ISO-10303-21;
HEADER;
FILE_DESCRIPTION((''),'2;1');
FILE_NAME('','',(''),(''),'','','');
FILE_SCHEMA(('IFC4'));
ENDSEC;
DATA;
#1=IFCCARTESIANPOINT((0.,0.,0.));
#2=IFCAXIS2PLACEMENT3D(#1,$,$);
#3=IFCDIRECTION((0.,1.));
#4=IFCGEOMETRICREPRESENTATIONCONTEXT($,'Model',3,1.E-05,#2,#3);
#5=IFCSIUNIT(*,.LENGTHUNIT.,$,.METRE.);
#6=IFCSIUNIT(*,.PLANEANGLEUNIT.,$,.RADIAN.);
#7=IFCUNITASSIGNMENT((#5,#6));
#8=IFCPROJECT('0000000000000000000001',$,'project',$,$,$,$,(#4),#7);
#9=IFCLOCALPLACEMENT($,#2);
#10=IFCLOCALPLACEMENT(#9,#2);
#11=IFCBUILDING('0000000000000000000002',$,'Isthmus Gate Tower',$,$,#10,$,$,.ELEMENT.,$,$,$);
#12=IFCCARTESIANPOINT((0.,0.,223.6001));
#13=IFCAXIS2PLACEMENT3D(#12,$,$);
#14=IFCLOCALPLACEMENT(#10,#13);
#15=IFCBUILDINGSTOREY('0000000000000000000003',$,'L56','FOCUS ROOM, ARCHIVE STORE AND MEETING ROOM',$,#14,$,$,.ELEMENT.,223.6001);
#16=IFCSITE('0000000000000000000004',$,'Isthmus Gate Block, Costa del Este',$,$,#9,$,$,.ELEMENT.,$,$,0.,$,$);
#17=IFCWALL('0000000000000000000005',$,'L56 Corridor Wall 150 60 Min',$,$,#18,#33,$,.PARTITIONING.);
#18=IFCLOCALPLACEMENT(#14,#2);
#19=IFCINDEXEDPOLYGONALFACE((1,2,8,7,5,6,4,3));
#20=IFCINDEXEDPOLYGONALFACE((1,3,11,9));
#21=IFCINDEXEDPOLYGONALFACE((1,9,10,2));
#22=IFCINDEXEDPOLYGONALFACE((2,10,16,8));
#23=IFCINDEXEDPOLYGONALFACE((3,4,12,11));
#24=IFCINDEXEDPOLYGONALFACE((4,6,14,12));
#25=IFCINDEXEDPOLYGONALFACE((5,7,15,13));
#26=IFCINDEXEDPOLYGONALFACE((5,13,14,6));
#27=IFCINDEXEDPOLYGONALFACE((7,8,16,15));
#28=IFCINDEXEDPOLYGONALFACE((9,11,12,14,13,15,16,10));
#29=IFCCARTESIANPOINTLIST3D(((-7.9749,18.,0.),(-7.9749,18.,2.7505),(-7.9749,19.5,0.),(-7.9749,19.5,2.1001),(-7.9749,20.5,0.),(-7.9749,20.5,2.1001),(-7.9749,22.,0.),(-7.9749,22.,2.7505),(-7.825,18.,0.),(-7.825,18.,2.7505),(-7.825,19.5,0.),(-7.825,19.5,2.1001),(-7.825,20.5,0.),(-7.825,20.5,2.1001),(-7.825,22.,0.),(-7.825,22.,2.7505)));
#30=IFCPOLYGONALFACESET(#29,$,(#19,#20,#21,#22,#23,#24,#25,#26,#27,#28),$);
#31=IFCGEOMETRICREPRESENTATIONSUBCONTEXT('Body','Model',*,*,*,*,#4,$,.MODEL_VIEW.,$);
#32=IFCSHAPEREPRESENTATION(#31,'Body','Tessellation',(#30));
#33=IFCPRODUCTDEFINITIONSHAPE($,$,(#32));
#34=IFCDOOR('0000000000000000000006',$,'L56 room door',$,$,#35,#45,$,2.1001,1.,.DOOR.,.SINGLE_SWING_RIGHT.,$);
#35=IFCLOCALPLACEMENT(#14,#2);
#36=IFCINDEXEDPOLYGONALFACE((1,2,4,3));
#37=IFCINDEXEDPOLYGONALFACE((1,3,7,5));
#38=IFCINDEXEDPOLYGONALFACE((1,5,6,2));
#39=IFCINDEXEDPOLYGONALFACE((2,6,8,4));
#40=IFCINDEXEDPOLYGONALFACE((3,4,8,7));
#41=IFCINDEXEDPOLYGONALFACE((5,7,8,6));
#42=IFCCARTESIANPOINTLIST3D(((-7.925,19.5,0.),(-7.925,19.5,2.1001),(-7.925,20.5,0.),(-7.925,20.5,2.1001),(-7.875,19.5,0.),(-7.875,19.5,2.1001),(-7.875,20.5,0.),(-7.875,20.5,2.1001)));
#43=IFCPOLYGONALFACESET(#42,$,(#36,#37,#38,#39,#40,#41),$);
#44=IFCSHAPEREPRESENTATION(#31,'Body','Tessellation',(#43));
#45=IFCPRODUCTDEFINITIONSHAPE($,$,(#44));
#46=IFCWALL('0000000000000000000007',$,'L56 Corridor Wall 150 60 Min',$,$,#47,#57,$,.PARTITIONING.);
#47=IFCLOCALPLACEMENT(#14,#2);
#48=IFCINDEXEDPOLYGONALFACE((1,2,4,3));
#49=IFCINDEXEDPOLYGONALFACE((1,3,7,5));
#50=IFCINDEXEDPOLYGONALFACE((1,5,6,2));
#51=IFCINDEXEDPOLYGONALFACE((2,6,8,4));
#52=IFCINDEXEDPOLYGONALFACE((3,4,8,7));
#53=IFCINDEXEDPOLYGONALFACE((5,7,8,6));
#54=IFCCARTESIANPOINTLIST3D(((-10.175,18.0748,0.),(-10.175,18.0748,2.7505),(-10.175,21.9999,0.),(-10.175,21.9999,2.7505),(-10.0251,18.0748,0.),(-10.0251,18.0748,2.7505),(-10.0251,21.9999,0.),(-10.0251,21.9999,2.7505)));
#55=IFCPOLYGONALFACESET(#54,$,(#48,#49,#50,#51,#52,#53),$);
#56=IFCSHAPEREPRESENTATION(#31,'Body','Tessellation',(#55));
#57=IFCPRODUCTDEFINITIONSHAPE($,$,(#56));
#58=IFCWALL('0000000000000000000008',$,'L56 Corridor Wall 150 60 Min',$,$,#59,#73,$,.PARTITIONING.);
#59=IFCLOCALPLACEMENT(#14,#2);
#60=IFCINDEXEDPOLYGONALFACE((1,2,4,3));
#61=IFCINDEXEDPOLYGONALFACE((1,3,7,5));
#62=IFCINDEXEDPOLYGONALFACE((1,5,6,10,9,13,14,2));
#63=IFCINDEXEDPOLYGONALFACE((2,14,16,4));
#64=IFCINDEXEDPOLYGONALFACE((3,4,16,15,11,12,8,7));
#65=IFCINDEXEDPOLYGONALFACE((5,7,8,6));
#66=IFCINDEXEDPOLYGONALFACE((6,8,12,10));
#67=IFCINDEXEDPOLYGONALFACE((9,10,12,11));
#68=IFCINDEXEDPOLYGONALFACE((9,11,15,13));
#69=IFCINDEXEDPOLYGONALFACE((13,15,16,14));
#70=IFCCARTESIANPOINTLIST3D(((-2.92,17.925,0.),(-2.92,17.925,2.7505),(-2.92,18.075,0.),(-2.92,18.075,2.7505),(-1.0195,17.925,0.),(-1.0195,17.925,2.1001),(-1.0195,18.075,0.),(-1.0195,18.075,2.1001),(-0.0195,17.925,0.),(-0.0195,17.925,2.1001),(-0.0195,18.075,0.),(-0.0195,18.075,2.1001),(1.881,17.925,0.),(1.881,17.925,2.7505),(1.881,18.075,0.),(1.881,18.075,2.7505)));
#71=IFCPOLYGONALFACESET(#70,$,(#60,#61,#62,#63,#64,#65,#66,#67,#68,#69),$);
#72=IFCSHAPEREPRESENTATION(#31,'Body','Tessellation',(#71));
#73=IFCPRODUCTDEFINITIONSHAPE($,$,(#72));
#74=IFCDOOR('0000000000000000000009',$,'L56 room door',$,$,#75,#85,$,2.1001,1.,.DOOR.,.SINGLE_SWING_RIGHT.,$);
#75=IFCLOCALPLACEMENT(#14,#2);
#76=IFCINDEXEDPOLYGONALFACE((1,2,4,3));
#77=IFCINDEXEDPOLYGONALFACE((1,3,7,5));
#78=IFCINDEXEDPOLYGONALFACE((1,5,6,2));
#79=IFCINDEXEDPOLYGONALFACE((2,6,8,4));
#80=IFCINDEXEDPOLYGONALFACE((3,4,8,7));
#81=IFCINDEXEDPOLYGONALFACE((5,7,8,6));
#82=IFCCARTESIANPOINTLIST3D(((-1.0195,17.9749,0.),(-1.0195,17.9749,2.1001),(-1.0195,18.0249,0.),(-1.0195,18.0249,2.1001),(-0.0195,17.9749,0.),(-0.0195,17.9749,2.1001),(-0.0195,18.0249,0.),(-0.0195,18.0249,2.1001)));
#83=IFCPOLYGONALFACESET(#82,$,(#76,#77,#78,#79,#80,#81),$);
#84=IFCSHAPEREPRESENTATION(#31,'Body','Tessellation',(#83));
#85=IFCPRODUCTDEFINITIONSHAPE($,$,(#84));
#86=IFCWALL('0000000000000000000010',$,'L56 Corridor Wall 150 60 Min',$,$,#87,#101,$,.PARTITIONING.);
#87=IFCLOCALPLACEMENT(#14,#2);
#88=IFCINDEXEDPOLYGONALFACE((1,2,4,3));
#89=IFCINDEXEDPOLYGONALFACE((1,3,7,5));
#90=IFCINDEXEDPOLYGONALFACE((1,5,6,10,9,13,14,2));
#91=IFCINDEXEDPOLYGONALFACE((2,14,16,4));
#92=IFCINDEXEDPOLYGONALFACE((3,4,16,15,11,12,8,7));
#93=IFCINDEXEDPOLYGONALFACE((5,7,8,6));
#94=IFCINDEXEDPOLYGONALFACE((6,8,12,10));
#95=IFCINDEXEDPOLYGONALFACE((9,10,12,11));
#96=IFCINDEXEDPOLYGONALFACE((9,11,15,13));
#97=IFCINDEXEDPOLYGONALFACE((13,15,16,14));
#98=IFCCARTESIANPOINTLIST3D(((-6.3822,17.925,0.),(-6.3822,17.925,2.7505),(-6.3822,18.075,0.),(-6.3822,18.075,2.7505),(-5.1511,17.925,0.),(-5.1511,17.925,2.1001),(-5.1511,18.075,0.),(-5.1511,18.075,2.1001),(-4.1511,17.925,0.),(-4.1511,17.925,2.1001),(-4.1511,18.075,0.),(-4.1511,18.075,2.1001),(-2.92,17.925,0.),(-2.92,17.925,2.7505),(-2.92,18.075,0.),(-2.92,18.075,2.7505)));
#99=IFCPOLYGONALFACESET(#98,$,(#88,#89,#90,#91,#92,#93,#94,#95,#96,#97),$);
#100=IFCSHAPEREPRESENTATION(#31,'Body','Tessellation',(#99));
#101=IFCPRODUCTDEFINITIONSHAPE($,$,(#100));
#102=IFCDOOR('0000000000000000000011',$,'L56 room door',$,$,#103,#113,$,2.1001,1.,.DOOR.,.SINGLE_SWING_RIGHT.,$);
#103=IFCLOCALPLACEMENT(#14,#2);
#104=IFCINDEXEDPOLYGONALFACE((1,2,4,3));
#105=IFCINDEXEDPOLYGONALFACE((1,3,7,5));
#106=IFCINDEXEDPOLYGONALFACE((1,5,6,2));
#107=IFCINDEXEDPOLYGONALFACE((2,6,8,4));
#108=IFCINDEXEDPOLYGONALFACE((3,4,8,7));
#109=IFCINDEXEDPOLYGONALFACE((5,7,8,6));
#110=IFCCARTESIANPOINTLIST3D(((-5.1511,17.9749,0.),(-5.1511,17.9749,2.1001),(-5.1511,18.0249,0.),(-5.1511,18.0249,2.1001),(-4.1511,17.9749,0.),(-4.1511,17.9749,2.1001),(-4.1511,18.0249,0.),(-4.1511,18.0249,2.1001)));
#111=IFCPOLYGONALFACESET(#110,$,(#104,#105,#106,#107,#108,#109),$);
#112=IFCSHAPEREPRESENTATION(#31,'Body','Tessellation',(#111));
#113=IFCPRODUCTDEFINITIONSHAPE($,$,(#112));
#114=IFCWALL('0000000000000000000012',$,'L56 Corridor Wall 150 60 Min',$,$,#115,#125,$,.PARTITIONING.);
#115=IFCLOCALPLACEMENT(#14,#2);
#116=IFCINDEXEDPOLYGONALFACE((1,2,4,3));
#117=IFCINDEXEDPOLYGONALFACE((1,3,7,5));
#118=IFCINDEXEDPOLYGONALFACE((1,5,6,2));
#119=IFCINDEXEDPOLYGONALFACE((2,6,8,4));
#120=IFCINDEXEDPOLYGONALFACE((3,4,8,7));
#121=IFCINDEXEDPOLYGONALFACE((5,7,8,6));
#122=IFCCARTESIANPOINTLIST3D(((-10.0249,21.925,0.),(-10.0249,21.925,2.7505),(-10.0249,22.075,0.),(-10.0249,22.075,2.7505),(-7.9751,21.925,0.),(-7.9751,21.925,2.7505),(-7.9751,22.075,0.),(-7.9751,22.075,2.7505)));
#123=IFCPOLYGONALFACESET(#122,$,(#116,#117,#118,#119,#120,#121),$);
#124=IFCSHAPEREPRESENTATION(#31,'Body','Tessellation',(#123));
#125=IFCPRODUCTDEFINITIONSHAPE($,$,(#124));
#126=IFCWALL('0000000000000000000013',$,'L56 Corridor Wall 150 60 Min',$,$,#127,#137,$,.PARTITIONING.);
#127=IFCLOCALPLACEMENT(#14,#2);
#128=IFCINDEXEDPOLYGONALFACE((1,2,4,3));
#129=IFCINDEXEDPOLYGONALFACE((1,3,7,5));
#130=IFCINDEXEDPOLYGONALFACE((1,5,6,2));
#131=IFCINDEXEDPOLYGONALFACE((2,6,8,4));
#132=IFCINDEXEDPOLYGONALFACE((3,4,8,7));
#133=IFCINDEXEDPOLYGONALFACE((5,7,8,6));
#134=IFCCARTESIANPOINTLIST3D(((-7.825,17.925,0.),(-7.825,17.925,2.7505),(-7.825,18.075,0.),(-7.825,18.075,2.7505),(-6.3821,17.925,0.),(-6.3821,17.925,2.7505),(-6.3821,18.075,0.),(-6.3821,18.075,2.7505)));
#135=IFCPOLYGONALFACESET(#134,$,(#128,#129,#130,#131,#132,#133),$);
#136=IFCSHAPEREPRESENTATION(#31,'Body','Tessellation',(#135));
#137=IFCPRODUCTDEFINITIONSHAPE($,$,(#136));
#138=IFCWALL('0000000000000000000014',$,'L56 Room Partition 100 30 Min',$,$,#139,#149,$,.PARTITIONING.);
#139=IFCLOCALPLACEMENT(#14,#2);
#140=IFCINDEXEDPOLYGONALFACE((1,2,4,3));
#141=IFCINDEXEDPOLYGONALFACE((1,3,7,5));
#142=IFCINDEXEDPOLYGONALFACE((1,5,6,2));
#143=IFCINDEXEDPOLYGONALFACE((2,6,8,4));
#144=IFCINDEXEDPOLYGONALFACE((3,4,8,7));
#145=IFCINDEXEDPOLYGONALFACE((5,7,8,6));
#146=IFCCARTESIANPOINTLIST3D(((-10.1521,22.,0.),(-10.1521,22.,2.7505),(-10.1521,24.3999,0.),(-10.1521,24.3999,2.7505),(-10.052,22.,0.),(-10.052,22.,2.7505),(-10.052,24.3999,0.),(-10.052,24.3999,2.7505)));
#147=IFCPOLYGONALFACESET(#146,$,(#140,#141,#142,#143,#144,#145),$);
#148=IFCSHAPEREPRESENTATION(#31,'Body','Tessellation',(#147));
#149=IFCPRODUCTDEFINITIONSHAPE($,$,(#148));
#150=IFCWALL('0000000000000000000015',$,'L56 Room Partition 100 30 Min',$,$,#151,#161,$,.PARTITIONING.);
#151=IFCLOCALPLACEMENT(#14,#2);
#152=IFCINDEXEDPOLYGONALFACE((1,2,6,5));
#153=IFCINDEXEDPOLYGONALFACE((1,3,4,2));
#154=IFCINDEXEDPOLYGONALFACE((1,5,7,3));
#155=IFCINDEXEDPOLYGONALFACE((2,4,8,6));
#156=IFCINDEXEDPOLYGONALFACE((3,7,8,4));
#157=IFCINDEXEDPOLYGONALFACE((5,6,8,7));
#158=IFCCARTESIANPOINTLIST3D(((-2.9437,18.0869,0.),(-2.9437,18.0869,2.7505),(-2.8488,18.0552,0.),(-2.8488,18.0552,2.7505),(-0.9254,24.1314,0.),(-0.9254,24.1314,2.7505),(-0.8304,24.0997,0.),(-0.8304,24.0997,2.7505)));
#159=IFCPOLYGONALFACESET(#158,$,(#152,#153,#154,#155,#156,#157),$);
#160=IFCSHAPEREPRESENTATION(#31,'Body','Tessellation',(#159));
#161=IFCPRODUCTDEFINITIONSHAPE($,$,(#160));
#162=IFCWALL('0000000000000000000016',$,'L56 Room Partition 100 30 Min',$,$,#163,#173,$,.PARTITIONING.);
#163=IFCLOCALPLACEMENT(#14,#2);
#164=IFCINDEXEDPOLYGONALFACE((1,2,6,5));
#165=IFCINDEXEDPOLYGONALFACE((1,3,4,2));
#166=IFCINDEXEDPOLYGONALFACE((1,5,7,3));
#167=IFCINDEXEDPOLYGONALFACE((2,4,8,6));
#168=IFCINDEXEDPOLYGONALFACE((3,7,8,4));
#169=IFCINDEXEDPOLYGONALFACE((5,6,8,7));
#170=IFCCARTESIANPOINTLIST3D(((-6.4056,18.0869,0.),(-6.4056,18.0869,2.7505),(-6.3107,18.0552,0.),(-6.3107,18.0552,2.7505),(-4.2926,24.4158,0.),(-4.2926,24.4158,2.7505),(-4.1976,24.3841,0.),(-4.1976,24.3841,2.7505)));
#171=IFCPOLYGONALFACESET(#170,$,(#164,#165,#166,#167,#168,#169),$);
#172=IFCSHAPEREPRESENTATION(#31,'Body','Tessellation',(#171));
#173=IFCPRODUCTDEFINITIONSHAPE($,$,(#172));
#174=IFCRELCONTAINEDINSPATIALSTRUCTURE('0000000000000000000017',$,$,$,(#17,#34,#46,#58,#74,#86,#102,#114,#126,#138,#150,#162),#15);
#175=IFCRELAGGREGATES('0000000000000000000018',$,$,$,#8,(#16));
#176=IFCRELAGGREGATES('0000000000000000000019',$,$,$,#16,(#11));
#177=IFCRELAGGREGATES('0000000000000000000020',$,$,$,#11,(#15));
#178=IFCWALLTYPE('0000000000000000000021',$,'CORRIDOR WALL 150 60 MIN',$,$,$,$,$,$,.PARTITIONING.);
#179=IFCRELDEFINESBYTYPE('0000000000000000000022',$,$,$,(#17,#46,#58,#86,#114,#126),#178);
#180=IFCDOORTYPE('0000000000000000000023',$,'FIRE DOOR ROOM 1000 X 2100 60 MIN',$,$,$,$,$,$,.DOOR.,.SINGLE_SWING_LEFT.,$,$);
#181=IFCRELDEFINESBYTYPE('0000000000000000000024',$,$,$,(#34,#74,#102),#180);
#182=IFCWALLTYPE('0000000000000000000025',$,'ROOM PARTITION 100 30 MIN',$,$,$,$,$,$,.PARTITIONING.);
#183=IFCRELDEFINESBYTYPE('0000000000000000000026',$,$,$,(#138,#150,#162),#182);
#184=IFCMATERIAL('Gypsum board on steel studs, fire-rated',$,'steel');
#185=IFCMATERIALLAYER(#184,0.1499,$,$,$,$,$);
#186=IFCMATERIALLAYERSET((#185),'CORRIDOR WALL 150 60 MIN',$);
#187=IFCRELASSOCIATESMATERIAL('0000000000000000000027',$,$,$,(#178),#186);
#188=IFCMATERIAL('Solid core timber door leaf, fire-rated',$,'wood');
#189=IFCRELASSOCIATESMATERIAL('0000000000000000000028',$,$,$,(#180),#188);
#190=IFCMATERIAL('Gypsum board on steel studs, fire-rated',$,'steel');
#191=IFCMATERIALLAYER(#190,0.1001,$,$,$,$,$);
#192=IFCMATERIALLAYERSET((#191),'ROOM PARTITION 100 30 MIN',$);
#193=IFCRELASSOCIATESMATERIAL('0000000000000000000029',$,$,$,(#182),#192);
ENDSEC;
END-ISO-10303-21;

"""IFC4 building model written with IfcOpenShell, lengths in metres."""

from ifc_helpers import new_model, si_unit, direction, frame, frame_2d, origin, place, context, subcontext, project, spatial, rectangle, extrude, material, layer, layer_set, type_object, element, fill, save


model = new_model("IFC4")

# Units and contexts
model_context = context("Model", 3, precision=1e-05, world=origin(), true_north=direction((0.0, 1.0)))
body_context = subcontext(model_context, "Body", "Model", "MODEL_VIEW")
ifc_project = project(units=[si_unit("LENGTHUNIT", "METRE"), si_unit("PLANEANGLEUNIT", "RADIAN")], contexts=[model_context])

# Site, building, storey
site_placement = place(None, origin())
site = spatial("IfcSite", under=ifc_project, at=site_placement, Name="Isthmus Gate Block, Costa del Este", CompositionType="ELEMENT", RefElevation=0.0)
building_placement = place(site_placement, origin())
building = spatial("IfcBuilding", under=site, at=building_placement, Name="Isthmus Gate Tower", CompositionType="ELEMENT")
storey_placement = place(building_placement, frame((0.0, 0.0, 223.6001)))
storey = spatial("IfcBuildingStorey", under=building, at=storey_placement, Name="L56", Description="FOCUS ROOM, ARCHIVE STORE AND MEETING ROOM", CompositionType="ELEMENT", Elevation=223.6001)

# Wall, opening, door
ifc_material_1 = material(Name="Gypsum board on steel studs, fire-rated", Category="steel")
ifc_layer_1 = layer(ifc_material_1, 0.1499)
ifc_layer_set_1 = layer_set([ifc_layer_1], Name="CORRIDOR WALL 150 60 MIN")
wall_type_1 = type_object("IfcWallType", Name="CORRIDOR WALL 150 60 MIN", PredefinedType="PARTITIONING", material=ifc_layer_set_1)
wall_1_placement = place(storey_placement, frame((-7.8999, 22.0, 0.0), z_axis=(0.0, 0.0, 1.0), x_axis=(0.0, -1.0, 0.0)))
wall_1 = element("IfcWall", 1, at=wall_1_placement, inside=storey, type_object=wall_type_1, Name="L56 Corridor Wall 150 60 Min", PredefinedType="PARTITIONING", context=body_context, shape_type="SweptSolid", body=[
    extrude(rectangle(XDim=4.0, YDim=0.1499, at=frame_2d((2.0, 0.0))), origin(), (0.0, 0.0, 1.0), 2.7505),
])
opening_1_placement = place(wall_1_placement, frame((1.5, 0.0, 0.0)))
opening_1 = element("IfcOpeningElement", 2, at=opening_1_placement, cuts=wall_1, PredefinedType="OPENING", context=body_context, shape_type="SweptSolid", body=[
    extrude(rectangle(XDim=1.0, YDim=2.1001, at=frame_2d((0.5, 1.05))), frame((0.0, 0.085, 0.0), z_axis=(0.0, -1.0, 0.0), x_axis=(1.0, 0.0, 0.0)), (0.0, 0.0, 1.0), 0.1699),
])
ifc_material_2 = material(Name="Solid core timber door leaf, fire-rated", Category="wood")
door_type = type_object("IfcDoorType", Name="FIRE DOOR ROOM 1000 X 2100 60 MIN", OperationType="SINGLE_SWING_LEFT", PredefinedType="DOOR", material=ifc_material_2)
door_1_placement = place(opening_1_placement, origin())
door_1 = element("IfcDoor", 3, at=door_1_placement, inside=storey, type_object=door_type, Name="L56 room door", OperationType="SINGLE_SWING_RIGHT", OverallHeight=2.1001, OverallWidth=1.0, PredefinedType="DOOR", context=body_context, shape_type="SweptSolid", body=[
    extrude(rectangle(XDim=1.0, YDim=2.1001, at=frame_2d((0.5, 1.05))), frame((0.0, 0.0249, 0.0), z_axis=(0.0, -1.0, 0.0), x_axis=(1.0, 0.0, 0.0)), (0.0, 0.0, 1.0), 0.05),
])
fill(opening_1, door_1)

# Wall
wall_2_placement = place(storey_placement, frame((-10.1001, 18.075, 0.0), z_axis=(0.0, 0.0, 1.0), x_axis=(0.0, 1.0, 0.0)))
element("IfcWall", 4, at=wall_2_placement, inside=storey, type_object=wall_type_1, Name="L56 Corridor Wall 150 60 Min", PredefinedType="PARTITIONING", context=body_context, shape_type="SweptSolid", body=[
    extrude(rectangle(XDim=3.925, YDim=0.1499, at=frame_2d((1.9624, 0.0))), origin(), (0.0, 0.0, 1.0), 2.7505),
])

# Walls, openings, doors
wall_3_placement = place(storey_placement, frame((-2.9199, 18.0, 0.0), z_axis=(0.0, 0.0, 1.0), x_axis=(1.0, 0.0, 0.0)))
wall_3 = element("IfcWall", 5, at=wall_3_placement, inside=storey, type_object=wall_type_1, Name="L56 Corridor Wall 150 60 Min", PredefinedType="PARTITIONING", context=body_context, shape_type="SweptSolid", body=[
    extrude(rectangle(XDim=4.801, YDim=0.1499, at=frame_2d((2.4004, 0.0))), origin(), (0.0, 0.0, 1.0), 2.7505),
])
opening_2_placement = place(wall_3_placement, frame((1.9004, 0.0, 0.0)))
opening_2 = element("IfcOpeningElement", 6, at=opening_2_placement, cuts=wall_3, PredefinedType="OPENING", context=body_context, shape_type="SweptSolid", body=[
    extrude(rectangle(XDim=1.0, YDim=2.1001, at=frame_2d((0.5, 1.05))), frame((0.0, 0.085, 0.0), z_axis=(0.0, -1.0, 0.0), x_axis=(1.0, 0.0, 0.0)), (0.0, 0.0, 1.0), 0.1699),
])
door_2_placement = place(opening_2_placement, origin())
door_2 = element("IfcDoor", 7, at=door_2_placement, inside=storey, type_object=door_type, Name="L56 room door", OperationType="SINGLE_SWING_RIGHT", OverallHeight=2.1001, OverallWidth=1.0, PredefinedType="DOOR", context=body_context, shape_type="SweptSolid", body=[
    extrude(rectangle(XDim=1.0, YDim=2.1001, at=frame_2d((0.5, 1.05))), frame((0.0, 0.0249, 0.0), z_axis=(0.0, -1.0, 0.0), x_axis=(1.0, 0.0, 0.0)), (0.0, 0.0, 1.0), 0.05),
])
fill(opening_2, door_2)
wall_4_placement = place(storey_placement, frame((-6.3821, 18.0, 0.0), z_axis=(0.0, 0.0, 1.0), x_axis=(1.0, 0.0, 0.0)))
wall_4 = element("IfcWall", 8, at=wall_4_placement, inside=storey, type_object=wall_type_1, Name="L56 Corridor Wall 150 60 Min", PredefinedType="PARTITIONING", context=body_context, shape_type="SweptSolid", body=[
    extrude(rectangle(XDim=3.4622, YDim=0.1499, at=frame_2d((1.731, 0.0))), origin(), (0.0, 0.0, 1.0), 2.7505),
])
opening_3_placement = place(wall_4_placement, frame((1.231, 0.0, 0.0)))
opening_3 = element("IfcOpeningElement", 9, at=opening_3_placement, cuts=wall_4, PredefinedType="OPENING", context=body_context, shape_type="SweptSolid", body=[
    extrude(rectangle(XDim=1.0, YDim=2.1001, at=frame_2d((0.5, 1.05))), frame((0.0, 0.085, 0.0), z_axis=(0.0, -1.0, 0.0), x_axis=(1.0, 0.0, 0.0)), (0.0, 0.0, 1.0), 0.1699),
])
door_3_placement = place(opening_3_placement, origin())
door_3 = element("IfcDoor", 10, at=door_3_placement, inside=storey, type_object=door_type, Name="L56 room door", OperationType="SINGLE_SWING_RIGHT", OverallHeight=2.1001, OverallWidth=1.0, PredefinedType="DOOR", context=body_context, shape_type="SweptSolid", body=[
    extrude(rectangle(XDim=1.0, YDim=2.1001, at=frame_2d((0.5, 1.05))), frame((0.0, 0.0249, 0.0), z_axis=(0.0, -1.0, 0.0), x_axis=(1.0, 0.0, 0.0)), (0.0, 0.0, 1.0), 0.05),
])
fill(opening_3, door_3)

# Walls
wall_5_placement = place(storey_placement, frame((-10.0249, 22.0, 0.0), z_axis=(0.0, 0.0, 1.0), x_axis=(1.0, 0.0, 0.0)))
element("IfcWall", 11, at=wall_5_placement, inside=storey, type_object=wall_type_1, Name="L56 Corridor Wall 150 60 Min", PredefinedType="PARTITIONING", context=body_context, shape_type="SweptSolid", body=[
    extrude(rectangle(XDim=2.0498, YDim=0.1499, at=frame_2d((1.0249, 0.0))), origin(), (0.0, 0.0, 1.0), 2.7505),
])
wall_6_placement = place(storey_placement, frame((-7.825, 18.0, 0.0), z_axis=(0.0, 0.0, 1.0), x_axis=(1.0, 0.0, 0.0)))
element("IfcWall", 12, at=wall_6_placement, inside=storey, type_object=wall_type_1, Name="L56 Corridor Wall 150 60 Min", PredefinedType="PARTITIONING", context=body_context, shape_type="SweptSolid", body=[
    extrude(rectangle(XDim=1.4429, YDim=0.1499, at=frame_2d((0.7214, 0.0))), origin(), (0.0, 0.0, 1.0), 2.7505),
])
ifc_material_3 = material(Name="Gypsum board on steel studs, fire-rated", Category="steel")
ifc_layer_2 = layer(ifc_material_3, 0.1001)
ifc_layer_set_2 = layer_set([ifc_layer_2], Name="ROOM PARTITION 100 30 MIN")
wall_type_2 = type_object("IfcWallType", Name="ROOM PARTITION 100 30 MIN", PredefinedType="PARTITIONING", material=ifc_layer_set_2)
wall_7_placement = place(storey_placement, frame((-10.1021, 22.0, 0.0), z_axis=(0.0, 0.0, 1.0), x_axis=(0.0, 1.0, 0.0)))
element("IfcWall", 13, at=wall_7_placement, inside=storey, type_object=wall_type_2, Name="L56 Room Partition 100 30 Min", PredefinedType="PARTITIONING", context=body_context, shape_type="SweptSolid", body=[
    extrude(rectangle(XDim=2.3999, YDim=0.1001, at=frame_2d((1.2, 0.0))), origin(), (0.0, 0.0, 1.0), 2.7505),
])
wall_8_placement = place(storey_placement, frame((-2.8962, 18.071, 0.0), z_axis=(0.0, 0.0, 1.0), x_axis=(0.316722, 0.948518, 0.0)))
element("IfcWall", 14, at=wall_8_placement, inside=storey, type_object=wall_type_2, Name="L56 Room Partition 100 30 Min", PredefinedType="PARTITIONING", context=body_context, shape_type="SweptSolid", body=[
    extrude(rectangle(XDim=6.3726, YDim=0.1001, at=frame_2d((3.1863, 0.0))), origin(), (0.0, 0.0, 1.0), 2.7505),
])
wall_9_placement = place(storey_placement, frame((-6.3582, 18.071, 0.0), z_axis=(0.0, 0.0, 1.0), x_axis=(0.316689, 0.94853, 0.0)))
element("IfcWall", 15, at=wall_9_placement, inside=storey, type_object=wall_type_2, Name="L56 Room Partition 100 30 Min", PredefinedType="PARTITIONING", context=body_context, shape_type="SweptSolid", body=[
    extrude(rectangle(XDim=6.6724, YDim=0.1001, at=frame_2d((3.3362, 0.0))), origin(), (0.0, 0.0, 1.0), 2.7505),
])

save(model, "model.ifc")
